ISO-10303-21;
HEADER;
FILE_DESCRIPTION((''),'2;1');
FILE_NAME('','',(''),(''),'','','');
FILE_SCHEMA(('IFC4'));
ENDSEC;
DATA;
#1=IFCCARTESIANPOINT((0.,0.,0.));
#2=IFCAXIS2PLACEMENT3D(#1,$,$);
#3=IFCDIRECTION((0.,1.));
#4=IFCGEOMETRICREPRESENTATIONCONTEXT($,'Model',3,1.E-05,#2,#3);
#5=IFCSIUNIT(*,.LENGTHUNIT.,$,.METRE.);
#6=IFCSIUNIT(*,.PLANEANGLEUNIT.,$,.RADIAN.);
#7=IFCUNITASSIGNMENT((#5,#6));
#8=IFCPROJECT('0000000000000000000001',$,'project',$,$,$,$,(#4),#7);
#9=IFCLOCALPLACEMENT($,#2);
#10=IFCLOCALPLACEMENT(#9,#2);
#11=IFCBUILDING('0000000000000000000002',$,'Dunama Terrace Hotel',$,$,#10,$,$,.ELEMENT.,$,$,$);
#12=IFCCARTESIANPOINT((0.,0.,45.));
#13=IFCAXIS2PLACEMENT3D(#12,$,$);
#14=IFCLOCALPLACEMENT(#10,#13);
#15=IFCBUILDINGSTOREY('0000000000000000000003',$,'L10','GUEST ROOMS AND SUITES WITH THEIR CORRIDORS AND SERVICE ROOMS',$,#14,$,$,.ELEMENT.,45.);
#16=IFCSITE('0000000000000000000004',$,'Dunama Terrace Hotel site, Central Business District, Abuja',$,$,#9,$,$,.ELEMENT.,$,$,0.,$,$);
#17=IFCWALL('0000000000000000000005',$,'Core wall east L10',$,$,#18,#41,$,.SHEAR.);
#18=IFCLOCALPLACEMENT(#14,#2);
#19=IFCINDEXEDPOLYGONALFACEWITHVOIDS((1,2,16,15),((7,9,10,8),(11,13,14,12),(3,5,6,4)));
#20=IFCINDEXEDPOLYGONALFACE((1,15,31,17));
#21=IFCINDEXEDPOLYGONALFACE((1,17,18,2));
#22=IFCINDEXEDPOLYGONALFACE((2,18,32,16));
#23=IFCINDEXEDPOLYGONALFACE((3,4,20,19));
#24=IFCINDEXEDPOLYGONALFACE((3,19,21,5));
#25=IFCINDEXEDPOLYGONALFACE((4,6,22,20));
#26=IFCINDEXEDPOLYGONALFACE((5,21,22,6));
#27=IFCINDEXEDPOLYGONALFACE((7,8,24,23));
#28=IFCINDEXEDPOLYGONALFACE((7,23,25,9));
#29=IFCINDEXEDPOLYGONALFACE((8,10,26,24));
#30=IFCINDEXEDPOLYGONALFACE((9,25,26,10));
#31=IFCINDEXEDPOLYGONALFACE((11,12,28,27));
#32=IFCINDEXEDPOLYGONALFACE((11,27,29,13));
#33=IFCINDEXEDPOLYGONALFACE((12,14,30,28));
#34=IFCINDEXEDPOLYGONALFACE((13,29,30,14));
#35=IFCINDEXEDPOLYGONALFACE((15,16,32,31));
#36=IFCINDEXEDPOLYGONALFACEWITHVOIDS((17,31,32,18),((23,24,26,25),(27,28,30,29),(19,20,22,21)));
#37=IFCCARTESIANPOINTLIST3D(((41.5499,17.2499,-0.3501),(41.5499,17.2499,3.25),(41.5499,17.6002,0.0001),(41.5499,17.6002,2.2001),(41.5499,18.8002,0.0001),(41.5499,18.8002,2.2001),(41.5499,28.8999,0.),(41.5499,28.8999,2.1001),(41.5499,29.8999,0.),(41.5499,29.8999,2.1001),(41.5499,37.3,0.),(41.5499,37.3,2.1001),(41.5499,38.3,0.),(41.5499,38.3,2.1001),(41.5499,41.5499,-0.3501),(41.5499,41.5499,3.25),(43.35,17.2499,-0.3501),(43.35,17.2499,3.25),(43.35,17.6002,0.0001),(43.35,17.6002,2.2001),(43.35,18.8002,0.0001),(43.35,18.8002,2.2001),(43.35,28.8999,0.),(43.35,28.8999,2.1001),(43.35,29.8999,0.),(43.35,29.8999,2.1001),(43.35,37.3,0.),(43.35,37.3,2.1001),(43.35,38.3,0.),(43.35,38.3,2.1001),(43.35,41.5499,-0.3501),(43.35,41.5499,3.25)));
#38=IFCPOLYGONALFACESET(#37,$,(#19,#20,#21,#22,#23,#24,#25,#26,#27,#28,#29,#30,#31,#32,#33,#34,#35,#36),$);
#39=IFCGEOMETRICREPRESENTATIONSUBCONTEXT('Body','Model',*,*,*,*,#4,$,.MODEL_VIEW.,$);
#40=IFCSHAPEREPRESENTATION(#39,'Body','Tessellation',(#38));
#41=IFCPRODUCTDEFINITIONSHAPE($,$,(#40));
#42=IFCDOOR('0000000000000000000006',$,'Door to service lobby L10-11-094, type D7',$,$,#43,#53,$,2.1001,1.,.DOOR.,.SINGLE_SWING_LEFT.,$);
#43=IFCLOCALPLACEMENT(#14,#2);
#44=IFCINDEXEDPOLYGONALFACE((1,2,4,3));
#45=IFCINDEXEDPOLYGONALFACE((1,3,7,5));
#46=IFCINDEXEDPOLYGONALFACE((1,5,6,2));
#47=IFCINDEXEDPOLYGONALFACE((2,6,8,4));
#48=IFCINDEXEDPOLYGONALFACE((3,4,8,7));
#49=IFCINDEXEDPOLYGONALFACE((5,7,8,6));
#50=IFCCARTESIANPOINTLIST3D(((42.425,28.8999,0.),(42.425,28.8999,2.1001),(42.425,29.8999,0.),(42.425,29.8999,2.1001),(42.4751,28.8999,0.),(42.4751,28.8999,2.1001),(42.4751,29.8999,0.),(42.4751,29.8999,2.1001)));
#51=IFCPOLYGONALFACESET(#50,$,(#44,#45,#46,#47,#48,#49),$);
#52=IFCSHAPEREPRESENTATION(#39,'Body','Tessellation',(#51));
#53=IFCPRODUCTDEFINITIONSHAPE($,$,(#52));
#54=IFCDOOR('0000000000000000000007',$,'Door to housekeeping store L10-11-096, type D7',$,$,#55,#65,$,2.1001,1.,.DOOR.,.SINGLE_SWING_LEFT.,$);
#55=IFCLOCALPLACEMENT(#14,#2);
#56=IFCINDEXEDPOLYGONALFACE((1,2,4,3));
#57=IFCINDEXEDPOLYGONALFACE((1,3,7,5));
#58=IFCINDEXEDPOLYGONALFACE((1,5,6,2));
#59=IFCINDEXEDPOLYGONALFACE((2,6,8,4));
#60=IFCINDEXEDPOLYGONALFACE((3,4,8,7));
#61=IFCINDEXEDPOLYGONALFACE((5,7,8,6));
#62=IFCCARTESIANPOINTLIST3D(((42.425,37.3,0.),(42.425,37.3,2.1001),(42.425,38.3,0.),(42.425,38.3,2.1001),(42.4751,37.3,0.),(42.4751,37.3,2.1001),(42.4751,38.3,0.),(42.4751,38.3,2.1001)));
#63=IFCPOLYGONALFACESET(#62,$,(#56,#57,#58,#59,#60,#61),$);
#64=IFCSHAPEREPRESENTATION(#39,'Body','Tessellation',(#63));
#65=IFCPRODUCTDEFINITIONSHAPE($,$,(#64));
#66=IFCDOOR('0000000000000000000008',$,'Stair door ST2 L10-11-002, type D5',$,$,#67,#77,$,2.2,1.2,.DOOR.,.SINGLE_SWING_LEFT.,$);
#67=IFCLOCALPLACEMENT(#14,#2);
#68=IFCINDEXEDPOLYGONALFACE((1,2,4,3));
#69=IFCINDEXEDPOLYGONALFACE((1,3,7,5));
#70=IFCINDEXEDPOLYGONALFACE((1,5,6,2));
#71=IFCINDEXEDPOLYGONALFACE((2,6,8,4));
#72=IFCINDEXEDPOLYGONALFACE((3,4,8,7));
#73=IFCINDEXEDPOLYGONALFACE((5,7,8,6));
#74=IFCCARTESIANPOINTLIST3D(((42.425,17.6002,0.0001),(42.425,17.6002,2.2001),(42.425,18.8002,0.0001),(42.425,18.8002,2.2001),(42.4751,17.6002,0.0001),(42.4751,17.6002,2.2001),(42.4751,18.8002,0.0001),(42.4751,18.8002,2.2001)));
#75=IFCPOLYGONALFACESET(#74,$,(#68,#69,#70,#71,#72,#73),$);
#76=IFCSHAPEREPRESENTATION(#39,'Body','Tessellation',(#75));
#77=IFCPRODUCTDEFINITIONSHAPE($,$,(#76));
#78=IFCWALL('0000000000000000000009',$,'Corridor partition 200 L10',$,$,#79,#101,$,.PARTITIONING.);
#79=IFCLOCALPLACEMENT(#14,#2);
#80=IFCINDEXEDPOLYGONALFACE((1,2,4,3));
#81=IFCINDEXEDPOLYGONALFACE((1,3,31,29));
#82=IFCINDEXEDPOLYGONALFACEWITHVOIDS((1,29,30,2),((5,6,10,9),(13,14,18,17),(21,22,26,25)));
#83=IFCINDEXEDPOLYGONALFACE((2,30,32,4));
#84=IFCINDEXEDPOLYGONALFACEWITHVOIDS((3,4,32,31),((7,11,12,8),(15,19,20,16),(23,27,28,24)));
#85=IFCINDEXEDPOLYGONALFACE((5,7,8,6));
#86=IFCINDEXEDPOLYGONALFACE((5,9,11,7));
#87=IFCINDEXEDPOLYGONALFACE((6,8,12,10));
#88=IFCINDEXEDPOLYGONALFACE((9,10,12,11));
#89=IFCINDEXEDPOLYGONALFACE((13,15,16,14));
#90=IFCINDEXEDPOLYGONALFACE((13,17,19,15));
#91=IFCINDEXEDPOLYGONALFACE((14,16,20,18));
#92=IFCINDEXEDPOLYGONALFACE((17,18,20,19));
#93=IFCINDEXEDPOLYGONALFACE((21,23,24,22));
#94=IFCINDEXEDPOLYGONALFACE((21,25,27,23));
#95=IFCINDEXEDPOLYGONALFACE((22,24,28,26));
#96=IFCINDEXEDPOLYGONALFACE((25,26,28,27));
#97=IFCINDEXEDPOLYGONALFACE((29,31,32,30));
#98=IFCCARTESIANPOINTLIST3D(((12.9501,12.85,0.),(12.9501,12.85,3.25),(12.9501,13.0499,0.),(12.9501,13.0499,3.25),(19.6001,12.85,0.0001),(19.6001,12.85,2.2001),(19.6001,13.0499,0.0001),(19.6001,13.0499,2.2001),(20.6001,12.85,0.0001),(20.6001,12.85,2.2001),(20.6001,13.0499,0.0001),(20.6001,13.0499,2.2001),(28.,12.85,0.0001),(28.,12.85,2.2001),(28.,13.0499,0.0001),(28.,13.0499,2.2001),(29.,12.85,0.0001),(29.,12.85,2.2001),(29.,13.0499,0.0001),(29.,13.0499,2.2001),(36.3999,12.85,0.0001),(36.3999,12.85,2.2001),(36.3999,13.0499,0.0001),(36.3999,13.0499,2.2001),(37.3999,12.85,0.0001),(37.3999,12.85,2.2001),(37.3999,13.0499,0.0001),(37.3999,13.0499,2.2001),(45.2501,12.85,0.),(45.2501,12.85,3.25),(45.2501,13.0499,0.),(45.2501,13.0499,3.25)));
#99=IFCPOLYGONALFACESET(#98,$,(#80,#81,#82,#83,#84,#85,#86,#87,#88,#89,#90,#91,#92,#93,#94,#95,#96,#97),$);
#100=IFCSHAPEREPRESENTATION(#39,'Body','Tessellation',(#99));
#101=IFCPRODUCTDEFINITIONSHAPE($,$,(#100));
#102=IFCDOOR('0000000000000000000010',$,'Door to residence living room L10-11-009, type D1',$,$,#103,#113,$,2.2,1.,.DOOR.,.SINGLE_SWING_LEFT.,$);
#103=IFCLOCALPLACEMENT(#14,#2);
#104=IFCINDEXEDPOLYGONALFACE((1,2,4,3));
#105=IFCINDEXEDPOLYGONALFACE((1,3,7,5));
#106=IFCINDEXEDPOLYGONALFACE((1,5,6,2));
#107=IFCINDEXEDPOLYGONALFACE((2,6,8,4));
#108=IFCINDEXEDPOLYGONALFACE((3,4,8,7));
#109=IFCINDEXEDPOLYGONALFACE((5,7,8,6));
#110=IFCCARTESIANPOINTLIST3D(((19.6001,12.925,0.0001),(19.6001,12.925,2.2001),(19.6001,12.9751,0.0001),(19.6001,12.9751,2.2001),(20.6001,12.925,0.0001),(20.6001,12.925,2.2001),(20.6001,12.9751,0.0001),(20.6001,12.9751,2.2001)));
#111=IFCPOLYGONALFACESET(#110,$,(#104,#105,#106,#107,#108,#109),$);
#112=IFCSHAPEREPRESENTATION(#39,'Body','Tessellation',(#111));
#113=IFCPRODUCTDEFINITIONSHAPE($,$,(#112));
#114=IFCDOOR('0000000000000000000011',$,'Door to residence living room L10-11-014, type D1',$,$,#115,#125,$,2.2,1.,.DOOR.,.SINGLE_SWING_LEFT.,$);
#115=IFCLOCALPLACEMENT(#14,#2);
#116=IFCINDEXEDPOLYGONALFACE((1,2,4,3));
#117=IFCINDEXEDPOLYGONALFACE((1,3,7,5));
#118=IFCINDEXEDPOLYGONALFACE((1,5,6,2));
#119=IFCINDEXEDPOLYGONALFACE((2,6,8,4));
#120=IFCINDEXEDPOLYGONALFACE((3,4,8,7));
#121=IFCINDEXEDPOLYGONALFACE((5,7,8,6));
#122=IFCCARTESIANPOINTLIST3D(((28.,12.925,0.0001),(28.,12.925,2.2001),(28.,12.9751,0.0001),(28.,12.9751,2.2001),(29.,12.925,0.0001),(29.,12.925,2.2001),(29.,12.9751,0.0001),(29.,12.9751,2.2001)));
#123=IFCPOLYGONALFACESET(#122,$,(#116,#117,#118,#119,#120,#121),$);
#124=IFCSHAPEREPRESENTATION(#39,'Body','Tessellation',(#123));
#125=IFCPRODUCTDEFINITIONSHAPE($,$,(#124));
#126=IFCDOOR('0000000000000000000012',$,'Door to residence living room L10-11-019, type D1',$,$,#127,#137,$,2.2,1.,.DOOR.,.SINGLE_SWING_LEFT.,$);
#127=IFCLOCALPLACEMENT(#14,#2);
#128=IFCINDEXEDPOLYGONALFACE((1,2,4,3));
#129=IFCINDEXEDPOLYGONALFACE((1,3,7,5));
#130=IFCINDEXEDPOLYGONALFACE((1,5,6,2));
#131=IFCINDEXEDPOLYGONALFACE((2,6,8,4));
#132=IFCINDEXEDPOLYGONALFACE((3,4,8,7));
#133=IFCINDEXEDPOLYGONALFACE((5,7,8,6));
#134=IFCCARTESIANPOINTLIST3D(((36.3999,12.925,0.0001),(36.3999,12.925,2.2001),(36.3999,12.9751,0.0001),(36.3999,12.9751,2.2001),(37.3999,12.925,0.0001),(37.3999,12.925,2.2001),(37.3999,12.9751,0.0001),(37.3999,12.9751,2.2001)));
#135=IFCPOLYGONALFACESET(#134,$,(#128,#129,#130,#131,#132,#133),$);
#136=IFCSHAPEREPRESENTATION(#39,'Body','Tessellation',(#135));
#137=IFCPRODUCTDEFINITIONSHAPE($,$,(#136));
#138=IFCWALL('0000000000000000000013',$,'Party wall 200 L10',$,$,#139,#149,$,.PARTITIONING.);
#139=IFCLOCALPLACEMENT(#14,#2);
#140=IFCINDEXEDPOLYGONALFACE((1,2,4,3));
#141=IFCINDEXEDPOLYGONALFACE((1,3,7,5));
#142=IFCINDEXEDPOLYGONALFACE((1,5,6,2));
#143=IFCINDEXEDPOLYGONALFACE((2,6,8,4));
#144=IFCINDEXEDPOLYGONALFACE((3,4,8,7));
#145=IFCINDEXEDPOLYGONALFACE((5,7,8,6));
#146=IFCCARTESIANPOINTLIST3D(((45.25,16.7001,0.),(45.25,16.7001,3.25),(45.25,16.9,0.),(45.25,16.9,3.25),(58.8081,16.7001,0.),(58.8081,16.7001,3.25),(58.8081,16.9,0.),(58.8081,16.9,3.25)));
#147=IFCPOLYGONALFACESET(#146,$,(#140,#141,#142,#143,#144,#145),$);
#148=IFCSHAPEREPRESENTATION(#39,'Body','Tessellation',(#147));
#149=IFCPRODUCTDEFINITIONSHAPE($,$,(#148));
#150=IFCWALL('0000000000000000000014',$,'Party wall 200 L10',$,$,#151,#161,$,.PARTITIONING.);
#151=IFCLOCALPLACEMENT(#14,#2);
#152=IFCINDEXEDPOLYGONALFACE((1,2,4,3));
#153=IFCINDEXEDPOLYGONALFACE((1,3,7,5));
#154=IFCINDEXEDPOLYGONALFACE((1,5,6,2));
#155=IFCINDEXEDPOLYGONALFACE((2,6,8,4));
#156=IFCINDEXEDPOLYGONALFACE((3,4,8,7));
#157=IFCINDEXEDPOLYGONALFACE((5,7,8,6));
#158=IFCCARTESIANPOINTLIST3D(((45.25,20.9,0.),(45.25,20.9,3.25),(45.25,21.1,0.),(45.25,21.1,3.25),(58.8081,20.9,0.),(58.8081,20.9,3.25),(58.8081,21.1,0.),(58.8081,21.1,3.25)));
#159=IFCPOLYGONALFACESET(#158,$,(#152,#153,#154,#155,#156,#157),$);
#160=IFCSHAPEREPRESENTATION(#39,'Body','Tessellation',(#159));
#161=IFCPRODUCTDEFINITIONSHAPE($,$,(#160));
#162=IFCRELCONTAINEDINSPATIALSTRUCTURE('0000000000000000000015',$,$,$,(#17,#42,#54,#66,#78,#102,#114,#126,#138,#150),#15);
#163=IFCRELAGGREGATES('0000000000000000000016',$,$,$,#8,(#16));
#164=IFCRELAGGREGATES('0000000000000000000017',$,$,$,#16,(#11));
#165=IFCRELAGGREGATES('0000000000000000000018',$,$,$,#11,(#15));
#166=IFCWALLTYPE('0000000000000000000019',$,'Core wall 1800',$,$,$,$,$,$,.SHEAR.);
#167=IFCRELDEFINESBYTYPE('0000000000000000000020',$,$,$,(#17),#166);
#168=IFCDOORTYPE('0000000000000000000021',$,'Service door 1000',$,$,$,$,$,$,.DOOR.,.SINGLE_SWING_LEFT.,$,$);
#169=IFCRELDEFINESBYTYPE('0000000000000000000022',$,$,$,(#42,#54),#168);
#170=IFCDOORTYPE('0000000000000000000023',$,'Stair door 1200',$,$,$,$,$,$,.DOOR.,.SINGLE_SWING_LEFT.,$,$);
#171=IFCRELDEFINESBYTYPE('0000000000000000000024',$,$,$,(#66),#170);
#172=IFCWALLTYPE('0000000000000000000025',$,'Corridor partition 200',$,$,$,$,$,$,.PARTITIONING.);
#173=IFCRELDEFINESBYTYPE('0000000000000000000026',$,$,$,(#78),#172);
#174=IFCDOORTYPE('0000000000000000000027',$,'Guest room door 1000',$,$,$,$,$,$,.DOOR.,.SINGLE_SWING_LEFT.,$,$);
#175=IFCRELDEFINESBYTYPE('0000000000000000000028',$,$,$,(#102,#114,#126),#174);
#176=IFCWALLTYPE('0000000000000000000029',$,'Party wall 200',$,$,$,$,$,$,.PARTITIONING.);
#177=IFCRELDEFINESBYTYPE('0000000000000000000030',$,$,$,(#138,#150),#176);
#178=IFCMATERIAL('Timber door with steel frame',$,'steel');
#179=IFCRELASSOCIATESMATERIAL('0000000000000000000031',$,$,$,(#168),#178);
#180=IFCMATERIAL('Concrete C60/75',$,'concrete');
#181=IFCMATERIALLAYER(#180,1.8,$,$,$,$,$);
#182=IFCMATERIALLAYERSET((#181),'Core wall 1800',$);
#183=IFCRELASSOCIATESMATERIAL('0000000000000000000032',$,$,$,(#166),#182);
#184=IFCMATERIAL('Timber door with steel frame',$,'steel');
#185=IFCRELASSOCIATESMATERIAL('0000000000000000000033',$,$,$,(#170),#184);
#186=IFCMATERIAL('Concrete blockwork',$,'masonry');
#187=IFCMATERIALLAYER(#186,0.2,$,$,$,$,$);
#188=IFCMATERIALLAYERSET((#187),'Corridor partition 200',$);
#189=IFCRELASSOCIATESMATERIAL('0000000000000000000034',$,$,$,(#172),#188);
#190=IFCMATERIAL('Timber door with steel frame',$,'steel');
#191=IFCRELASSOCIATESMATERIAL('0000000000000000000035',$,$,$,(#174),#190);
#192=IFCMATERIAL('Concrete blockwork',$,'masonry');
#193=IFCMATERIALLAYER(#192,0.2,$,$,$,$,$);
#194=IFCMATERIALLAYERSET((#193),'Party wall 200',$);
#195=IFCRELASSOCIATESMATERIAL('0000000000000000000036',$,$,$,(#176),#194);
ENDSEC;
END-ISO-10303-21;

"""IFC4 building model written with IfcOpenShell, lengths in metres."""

from ifc_helpers import new_model, si_unit, direction, frame, frame_2d, origin, place, context, subcontext, project, spatial, rectangle, extrude, material, layer, layer_set, type_object, element, fill, save


model = new_model("IFC4")

# Units and contexts
model_context = context("Model", 3, precision=1e-05, world=origin(), true_north=direction((0.0, 1.0)))
body_context = subcontext(model_context, "Body", "Model", "MODEL_VIEW")
ifc_project = project(units=[si_unit("LENGTHUNIT", "METRE"), si_unit("PLANEANGLEUNIT", "RADIAN")], contexts=[model_context])

# Site, building, storey
site_placement = place(None, origin())
site = spatial("IfcSite", under=ifc_project, at=site_placement, Name="Dunama Terrace Hotel site, Central Business District, Abuja", CompositionType="ELEMENT", RefElevation=0.0)
building_placement = place(site_placement, origin())
building = spatial("IfcBuilding", under=site, at=building_placement, Name="Dunama Terrace Hotel", CompositionType="ELEMENT")
storey_placement = place(building_placement, frame((0.0, 0.0, 45.0)))
storey = spatial("IfcBuildingStorey", under=building, at=storey_placement, Name="L10", Description="GUEST ROOMS AND SUITES WITH THEIR CORRIDORS AND SERVICE ROOMS", CompositionType="ELEMENT", Elevation=45.0)

# Shared definitions
ifc_material_1 = material(Name="Timber door with steel frame", Category="steel")
door_type_1 = type_object("IfcDoorType", Name="Service door 1000", OperationType="SINGLE_SWING_LEFT", PredefinedType="DOOR", material=ifc_material_1)

# Walls, openings, doors
ifc_material_2 = material(Name="Concrete C60/75", Category="concrete")
ifc_layer_1 = layer(ifc_material_2, 1.8)
ifc_layer_set_1 = layer_set([ifc_layer_1], Name="Core wall 1800")
wall_type_1 = type_object("IfcWallType", Name="Core wall 1800", PredefinedType="SHEAR", material=ifc_layer_set_1)
wall_1_placement = place(storey_placement, frame((42.45, 17.25, -0.3501), z_axis=(0.0, 0.0, 1.0), x_axis=(0.0, 1.0, 0.0)))
wall_1 = element("IfcWall", 1, at=wall_1_placement, inside=storey, type_object=wall_type_1, Name="Core wall east L10", PredefinedType="SHEAR", context=body_context, shape_type="SweptSolid", body=[
    extrude(rectangle(XDim=24.3, YDim=1.8, at=frame_2d((12.1499, 0.0))), origin(), (0.0, 0.0, 1.0), 3.6001),
])
opening_1_placement = place(wall_1_placement, frame((0.3501, 0.0, 0.3501)))
opening_1 = element("IfcOpeningElement", 2, at=opening_1_placement, cuts=wall_1, PredefinedType="OPENING", context=body_context, shape_type="SweptSolid", body=[
    extrude(rectangle(XDim=1.2, YDim=2.2, at=frame_2d((0.6001, 1.1001))), frame((0.0, 0.9099, 0.0), z_axis=(0.0, -1.0, 0.0), x_axis=(1.0, 0.0, 0.0)), (0.0, 0.0, 1.0), 1.8201),
])
opening_2_placement = place(wall_1_placement, frame((11.6499, 0.0, 0.3501)))
opening_2 = element("IfcOpeningElement", 3, at=opening_2_placement, cuts=wall_1, PredefinedType="OPENING", context=body_context, shape_type="SweptSolid", body=[
    extrude(rectangle(XDim=1.0, YDim=2.1001, at=frame_2d((0.5, 1.05))), frame((0.0, 0.9099, 0.0), z_axis=(0.0, -1.0, 0.0), x_axis=(1.0, 0.0, 0.0)), (0.0, 0.0, 1.0), 1.8201),
])
opening_3_placement = place(wall_1_placement, frame((20.05, 0.0, 0.3501)))
opening_3 = element("IfcOpeningElement", 4, at=opening_3_placement, cuts=wall_1, PredefinedType="OPENING", context=body_context, shape_type="SweptSolid", body=[
    extrude(rectangle(XDim=1.0, YDim=2.1001, at=frame_2d((0.5, 1.05))), frame((0.0, 0.9099, 0.0), z_axis=(0.0, -1.0, 0.0), x_axis=(1.0, 0.0, 0.0)), (0.0, 0.0, 1.0), 1.8201),
])
door_1_placement = place(opening_2_placement, origin())
door_1 = element("IfcDoor", 5, at=door_1_placement, inside=storey, type_object=door_type_1, Name="Door to service lobby L10-11-094, type D7", OperationType="SINGLE_SWING_LEFT", OverallHeight=2.1001, OverallWidth=1.0, PredefinedType="DOOR", context=body_context, shape_type="SweptSolid", body=[
    extrude(rectangle(XDim=1.0, YDim=2.1001, at=frame_2d((0.5, 1.05))), frame((0.0, 0.0249, 0.0), z_axis=(0.0, -1.0, 0.0), x_axis=(1.0, 0.0, 0.0)), (0.0, 0.0, 1.0), 0.05),
])
fill(opening_2, door_1)
door_2_placement = place(opening_3_placement, origin())
door_2 = element("IfcDoor", 6, at=door_2_placement, inside=storey, type_object=door_type_1, Name="Door to housekeeping store L10-11-096, type D7", OperationType="SINGLE_SWING_LEFT", OverallHeight=2.1001, OverallWidth=1.0, PredefinedType="DOOR", context=body_context, shape_type="SweptSolid", body=[
    extrude(rectangle(XDim=1.0, YDim=2.1001, at=frame_2d((0.5, 1.05))), frame((0.0, 0.0249, 0.0), z_axis=(0.0, -1.0, 0.0), x_axis=(1.0, 0.0, 0.0)), (0.0, 0.0, 1.0), 0.05),
])
fill(opening_3, door_2)
ifc_material_3 = material(Name="Timber door with steel frame", Category="steel")
door_type_2 = type_object("IfcDoorType", Name="Stair door 1200", OperationType="SINGLE_SWING_LEFT", PredefinedType="DOOR", material=ifc_material_3)
door_3_placement = place(opening_1_placement, origin())
door_3 = element("IfcDoor", 7, at=door_3_placement, inside=storey, type_object=door_type_2, Name="Stair door ST2 L10-11-002, type D5", OperationType="SINGLE_SWING_LEFT", OverallHeight=2.2, OverallWidth=1.2, PredefinedType="DOOR", context=body_context, shape_type="SweptSolid", body=[
    extrude(rectangle(XDim=1.2, YDim=2.2, at=frame_2d((0.6001, 1.1001))), frame((0.0, 0.0249, 0.0), z_axis=(0.0, -1.0, 0.0), x_axis=(1.0, 0.0, 0.0)), (0.0, 0.0, 1.0), 0.05),
])
fill(opening_1, door_3)
ifc_material_4 = material(Name="Concrete blockwork", Category="masonry")
ifc_layer_2 = layer(ifc_material_4, 0.2)
ifc_layer_set_2 = layer_set([ifc_layer_2], Name="Corridor partition 200")
wall_type_2 = type_object("IfcWallType", Name="Corridor partition 200", PredefinedType="PARTITIONING", material=ifc_layer_set_2)
wall_2_placement = place(storey_placement, frame((45.25, 12.95, 0.0), z_axis=(0.0, 0.0, 1.0), x_axis=(-1.0, 0.0, 0.0)))
wall_2 = element("IfcWall", 8, at=wall_2_placement, inside=storey, type_object=wall_type_2, Name="Corridor partition 200 L10", PredefinedType="PARTITIONING", context=body_context, shape_type="SweptSolid", body=[
    extrude(rectangle(XDim=32.3, YDim=0.2, at=frame_2d((16.1499, 0.0))), origin(), (0.0, 0.0, 1.0), 3.25),
])
opening_4_placement = place(wall_2_placement, frame((24.6499, 0.0, 0.0)))
opening_4 = element("IfcOpeningElement", 9, at=opening_4_placement, cuts=wall_2, PredefinedType="OPENING", context=body_context, shape_type="SweptSolid", body=[
    extrude(rectangle(XDim=1.0, YDim=2.2, at=frame_2d((0.5, 1.1001))), frame((0.0, 0.1099, 0.0), z_axis=(0.0, -1.0, 0.0), x_axis=(1.0, 0.0, 0.0)), (0.0, 0.0, 1.0), 0.22),
])
opening_5_placement = place(wall_2_placement, frame((16.25, 0.0, 0.0)))
opening_5 = element("IfcOpeningElement", 10, at=opening_5_placement, cuts=wall_2, PredefinedType="OPENING", context=body_context, shape_type="SweptSolid", body=[
    extrude(rectangle(XDim=1.0, YDim=2.2, at=frame_2d((0.5, 1.1001))), frame((0.0, 0.1099, 0.0), z_axis=(0.0, -1.0, 0.0), x_axis=(1.0, 0.0, 0.0)), (0.0, 0.0, 1.0), 0.22),
])
opening_6_placement = place(wall_2_placement, frame((7.8501, 0.0, 0.0)))
opening_6 = element("IfcOpeningElement", 11, at=opening_6_placement, cuts=wall_2, PredefinedType="OPENING", context=body_context, shape_type="SweptSolid", body=[
    extrude(rectangle(XDim=1.0, YDim=2.2, at=frame_2d((0.5, 1.1001))), frame((0.0, 0.1099, 0.0), z_axis=(0.0, -1.0, 0.0), x_axis=(1.0, 0.0, 0.0)), (0.0, 0.0, 1.0), 0.22),
])
ifc_material_5 = material(Name="Timber door with steel frame", Category="steel")
door_type_3 = type_object("IfcDoorType", Name="Guest room door 1000", OperationType="SINGLE_SWING_LEFT", PredefinedType="DOOR", material=ifc_material_5)
door_4_placement = place(opening_4_placement, origin())
door_4 = element("IfcDoor", 12, at=door_4_placement, inside=storey, type_object=door_type_3, Name="Door to residence living room L10-11-009, type D1", OperationType="SINGLE_SWING_LEFT", OverallHeight=2.2, OverallWidth=1.0, PredefinedType="DOOR", context=body_context, shape_type="SweptSolid", body=[
    extrude(rectangle(XDim=1.0, YDim=2.2, at=frame_2d((0.5, 1.1001))), frame((0.0, 0.0249, 0.0), z_axis=(0.0, -1.0, 0.0), x_axis=(1.0, 0.0, 0.0)), (0.0, 0.0, 1.0), 0.05),
])
fill(opening_4, door_4)
door_5_placement = place(opening_5_placement, origin())
door_5 = element("IfcDoor", 13, at=door_5_placement, inside=storey, type_object=door_type_3, Name="Door to residence living room L10-11-014, type D1", OperationType="SINGLE_SWING_LEFT", OverallHeight=2.2, OverallWidth=1.0, PredefinedType="DOOR", context=body_context, shape_type="SweptSolid", body=[
    extrude(rectangle(XDim=1.0, YDim=2.2, at=frame_2d((0.5, 1.1001))), frame((0.0, 0.0249, 0.0), z_axis=(0.0, -1.0, 0.0), x_axis=(1.0, 0.0, 0.0)), (0.0, 0.0, 1.0), 0.05),
])
fill(opening_5, door_5)
door_6_placement = place(opening_6_placement, origin())
door_6 = element("IfcDoor", 14, at=door_6_placement, inside=storey, type_object=door_type_3, Name="Door to residence living room L10-11-019, type D1", OperationType="SINGLE_SWING_LEFT", OverallHeight=2.2, OverallWidth=1.0, PredefinedType="DOOR", context=body_context, shape_type="SweptSolid", body=[
    extrude(rectangle(XDim=1.0, YDim=2.2, at=frame_2d((0.5, 1.1001))), frame((0.0, 0.0249, 0.0), z_axis=(0.0, -1.0, 0.0), x_axis=(1.0, 0.0, 0.0)), (0.0, 0.0, 1.0), 0.05),
])
fill(opening_6, door_6)

# Walls
ifc_material_6 = material(Name="Concrete blockwork", Category="masonry")
ifc_layer_3 = layer(ifc_material_6, 0.2)
ifc_layer_set_3 = layer_set([ifc_layer_3], Name="Party wall 200")
wall_type_3 = type_object("IfcWallType", Name="Party wall 200", PredefinedType="PARTITIONING", material=ifc_layer_set_3)
for number, where, z_axis, x_axis, name in (
    (15, (45.25, 16.8, 0.0), (0.0, 0.0, 1.0), (1.0, 0.0, 0.0), "Party wall 200 L10"),
    (16, (45.25, 21.0, 0.0), (0.0, 0.0, 1.0), (1.0, 0.0, 0.0), "Party wall 200 L10"),
):
    element("IfcWall", number, at=place(storey_placement, frame(where, z_axis=z_axis, x_axis=x_axis)), inside=storey, type_object=wall_type_3, Name=name, PredefinedType="PARTITIONING", context=body_context, shape_type="SweptSolid", body=[
        extrude(rectangle(XDim=13.5581, YDim=0.2, at=frame_2d((6.7791, 0.0))), origin(), (0.0, 0.0, 1.0), 3.25),
    ])

save(model, "model.ifc")
